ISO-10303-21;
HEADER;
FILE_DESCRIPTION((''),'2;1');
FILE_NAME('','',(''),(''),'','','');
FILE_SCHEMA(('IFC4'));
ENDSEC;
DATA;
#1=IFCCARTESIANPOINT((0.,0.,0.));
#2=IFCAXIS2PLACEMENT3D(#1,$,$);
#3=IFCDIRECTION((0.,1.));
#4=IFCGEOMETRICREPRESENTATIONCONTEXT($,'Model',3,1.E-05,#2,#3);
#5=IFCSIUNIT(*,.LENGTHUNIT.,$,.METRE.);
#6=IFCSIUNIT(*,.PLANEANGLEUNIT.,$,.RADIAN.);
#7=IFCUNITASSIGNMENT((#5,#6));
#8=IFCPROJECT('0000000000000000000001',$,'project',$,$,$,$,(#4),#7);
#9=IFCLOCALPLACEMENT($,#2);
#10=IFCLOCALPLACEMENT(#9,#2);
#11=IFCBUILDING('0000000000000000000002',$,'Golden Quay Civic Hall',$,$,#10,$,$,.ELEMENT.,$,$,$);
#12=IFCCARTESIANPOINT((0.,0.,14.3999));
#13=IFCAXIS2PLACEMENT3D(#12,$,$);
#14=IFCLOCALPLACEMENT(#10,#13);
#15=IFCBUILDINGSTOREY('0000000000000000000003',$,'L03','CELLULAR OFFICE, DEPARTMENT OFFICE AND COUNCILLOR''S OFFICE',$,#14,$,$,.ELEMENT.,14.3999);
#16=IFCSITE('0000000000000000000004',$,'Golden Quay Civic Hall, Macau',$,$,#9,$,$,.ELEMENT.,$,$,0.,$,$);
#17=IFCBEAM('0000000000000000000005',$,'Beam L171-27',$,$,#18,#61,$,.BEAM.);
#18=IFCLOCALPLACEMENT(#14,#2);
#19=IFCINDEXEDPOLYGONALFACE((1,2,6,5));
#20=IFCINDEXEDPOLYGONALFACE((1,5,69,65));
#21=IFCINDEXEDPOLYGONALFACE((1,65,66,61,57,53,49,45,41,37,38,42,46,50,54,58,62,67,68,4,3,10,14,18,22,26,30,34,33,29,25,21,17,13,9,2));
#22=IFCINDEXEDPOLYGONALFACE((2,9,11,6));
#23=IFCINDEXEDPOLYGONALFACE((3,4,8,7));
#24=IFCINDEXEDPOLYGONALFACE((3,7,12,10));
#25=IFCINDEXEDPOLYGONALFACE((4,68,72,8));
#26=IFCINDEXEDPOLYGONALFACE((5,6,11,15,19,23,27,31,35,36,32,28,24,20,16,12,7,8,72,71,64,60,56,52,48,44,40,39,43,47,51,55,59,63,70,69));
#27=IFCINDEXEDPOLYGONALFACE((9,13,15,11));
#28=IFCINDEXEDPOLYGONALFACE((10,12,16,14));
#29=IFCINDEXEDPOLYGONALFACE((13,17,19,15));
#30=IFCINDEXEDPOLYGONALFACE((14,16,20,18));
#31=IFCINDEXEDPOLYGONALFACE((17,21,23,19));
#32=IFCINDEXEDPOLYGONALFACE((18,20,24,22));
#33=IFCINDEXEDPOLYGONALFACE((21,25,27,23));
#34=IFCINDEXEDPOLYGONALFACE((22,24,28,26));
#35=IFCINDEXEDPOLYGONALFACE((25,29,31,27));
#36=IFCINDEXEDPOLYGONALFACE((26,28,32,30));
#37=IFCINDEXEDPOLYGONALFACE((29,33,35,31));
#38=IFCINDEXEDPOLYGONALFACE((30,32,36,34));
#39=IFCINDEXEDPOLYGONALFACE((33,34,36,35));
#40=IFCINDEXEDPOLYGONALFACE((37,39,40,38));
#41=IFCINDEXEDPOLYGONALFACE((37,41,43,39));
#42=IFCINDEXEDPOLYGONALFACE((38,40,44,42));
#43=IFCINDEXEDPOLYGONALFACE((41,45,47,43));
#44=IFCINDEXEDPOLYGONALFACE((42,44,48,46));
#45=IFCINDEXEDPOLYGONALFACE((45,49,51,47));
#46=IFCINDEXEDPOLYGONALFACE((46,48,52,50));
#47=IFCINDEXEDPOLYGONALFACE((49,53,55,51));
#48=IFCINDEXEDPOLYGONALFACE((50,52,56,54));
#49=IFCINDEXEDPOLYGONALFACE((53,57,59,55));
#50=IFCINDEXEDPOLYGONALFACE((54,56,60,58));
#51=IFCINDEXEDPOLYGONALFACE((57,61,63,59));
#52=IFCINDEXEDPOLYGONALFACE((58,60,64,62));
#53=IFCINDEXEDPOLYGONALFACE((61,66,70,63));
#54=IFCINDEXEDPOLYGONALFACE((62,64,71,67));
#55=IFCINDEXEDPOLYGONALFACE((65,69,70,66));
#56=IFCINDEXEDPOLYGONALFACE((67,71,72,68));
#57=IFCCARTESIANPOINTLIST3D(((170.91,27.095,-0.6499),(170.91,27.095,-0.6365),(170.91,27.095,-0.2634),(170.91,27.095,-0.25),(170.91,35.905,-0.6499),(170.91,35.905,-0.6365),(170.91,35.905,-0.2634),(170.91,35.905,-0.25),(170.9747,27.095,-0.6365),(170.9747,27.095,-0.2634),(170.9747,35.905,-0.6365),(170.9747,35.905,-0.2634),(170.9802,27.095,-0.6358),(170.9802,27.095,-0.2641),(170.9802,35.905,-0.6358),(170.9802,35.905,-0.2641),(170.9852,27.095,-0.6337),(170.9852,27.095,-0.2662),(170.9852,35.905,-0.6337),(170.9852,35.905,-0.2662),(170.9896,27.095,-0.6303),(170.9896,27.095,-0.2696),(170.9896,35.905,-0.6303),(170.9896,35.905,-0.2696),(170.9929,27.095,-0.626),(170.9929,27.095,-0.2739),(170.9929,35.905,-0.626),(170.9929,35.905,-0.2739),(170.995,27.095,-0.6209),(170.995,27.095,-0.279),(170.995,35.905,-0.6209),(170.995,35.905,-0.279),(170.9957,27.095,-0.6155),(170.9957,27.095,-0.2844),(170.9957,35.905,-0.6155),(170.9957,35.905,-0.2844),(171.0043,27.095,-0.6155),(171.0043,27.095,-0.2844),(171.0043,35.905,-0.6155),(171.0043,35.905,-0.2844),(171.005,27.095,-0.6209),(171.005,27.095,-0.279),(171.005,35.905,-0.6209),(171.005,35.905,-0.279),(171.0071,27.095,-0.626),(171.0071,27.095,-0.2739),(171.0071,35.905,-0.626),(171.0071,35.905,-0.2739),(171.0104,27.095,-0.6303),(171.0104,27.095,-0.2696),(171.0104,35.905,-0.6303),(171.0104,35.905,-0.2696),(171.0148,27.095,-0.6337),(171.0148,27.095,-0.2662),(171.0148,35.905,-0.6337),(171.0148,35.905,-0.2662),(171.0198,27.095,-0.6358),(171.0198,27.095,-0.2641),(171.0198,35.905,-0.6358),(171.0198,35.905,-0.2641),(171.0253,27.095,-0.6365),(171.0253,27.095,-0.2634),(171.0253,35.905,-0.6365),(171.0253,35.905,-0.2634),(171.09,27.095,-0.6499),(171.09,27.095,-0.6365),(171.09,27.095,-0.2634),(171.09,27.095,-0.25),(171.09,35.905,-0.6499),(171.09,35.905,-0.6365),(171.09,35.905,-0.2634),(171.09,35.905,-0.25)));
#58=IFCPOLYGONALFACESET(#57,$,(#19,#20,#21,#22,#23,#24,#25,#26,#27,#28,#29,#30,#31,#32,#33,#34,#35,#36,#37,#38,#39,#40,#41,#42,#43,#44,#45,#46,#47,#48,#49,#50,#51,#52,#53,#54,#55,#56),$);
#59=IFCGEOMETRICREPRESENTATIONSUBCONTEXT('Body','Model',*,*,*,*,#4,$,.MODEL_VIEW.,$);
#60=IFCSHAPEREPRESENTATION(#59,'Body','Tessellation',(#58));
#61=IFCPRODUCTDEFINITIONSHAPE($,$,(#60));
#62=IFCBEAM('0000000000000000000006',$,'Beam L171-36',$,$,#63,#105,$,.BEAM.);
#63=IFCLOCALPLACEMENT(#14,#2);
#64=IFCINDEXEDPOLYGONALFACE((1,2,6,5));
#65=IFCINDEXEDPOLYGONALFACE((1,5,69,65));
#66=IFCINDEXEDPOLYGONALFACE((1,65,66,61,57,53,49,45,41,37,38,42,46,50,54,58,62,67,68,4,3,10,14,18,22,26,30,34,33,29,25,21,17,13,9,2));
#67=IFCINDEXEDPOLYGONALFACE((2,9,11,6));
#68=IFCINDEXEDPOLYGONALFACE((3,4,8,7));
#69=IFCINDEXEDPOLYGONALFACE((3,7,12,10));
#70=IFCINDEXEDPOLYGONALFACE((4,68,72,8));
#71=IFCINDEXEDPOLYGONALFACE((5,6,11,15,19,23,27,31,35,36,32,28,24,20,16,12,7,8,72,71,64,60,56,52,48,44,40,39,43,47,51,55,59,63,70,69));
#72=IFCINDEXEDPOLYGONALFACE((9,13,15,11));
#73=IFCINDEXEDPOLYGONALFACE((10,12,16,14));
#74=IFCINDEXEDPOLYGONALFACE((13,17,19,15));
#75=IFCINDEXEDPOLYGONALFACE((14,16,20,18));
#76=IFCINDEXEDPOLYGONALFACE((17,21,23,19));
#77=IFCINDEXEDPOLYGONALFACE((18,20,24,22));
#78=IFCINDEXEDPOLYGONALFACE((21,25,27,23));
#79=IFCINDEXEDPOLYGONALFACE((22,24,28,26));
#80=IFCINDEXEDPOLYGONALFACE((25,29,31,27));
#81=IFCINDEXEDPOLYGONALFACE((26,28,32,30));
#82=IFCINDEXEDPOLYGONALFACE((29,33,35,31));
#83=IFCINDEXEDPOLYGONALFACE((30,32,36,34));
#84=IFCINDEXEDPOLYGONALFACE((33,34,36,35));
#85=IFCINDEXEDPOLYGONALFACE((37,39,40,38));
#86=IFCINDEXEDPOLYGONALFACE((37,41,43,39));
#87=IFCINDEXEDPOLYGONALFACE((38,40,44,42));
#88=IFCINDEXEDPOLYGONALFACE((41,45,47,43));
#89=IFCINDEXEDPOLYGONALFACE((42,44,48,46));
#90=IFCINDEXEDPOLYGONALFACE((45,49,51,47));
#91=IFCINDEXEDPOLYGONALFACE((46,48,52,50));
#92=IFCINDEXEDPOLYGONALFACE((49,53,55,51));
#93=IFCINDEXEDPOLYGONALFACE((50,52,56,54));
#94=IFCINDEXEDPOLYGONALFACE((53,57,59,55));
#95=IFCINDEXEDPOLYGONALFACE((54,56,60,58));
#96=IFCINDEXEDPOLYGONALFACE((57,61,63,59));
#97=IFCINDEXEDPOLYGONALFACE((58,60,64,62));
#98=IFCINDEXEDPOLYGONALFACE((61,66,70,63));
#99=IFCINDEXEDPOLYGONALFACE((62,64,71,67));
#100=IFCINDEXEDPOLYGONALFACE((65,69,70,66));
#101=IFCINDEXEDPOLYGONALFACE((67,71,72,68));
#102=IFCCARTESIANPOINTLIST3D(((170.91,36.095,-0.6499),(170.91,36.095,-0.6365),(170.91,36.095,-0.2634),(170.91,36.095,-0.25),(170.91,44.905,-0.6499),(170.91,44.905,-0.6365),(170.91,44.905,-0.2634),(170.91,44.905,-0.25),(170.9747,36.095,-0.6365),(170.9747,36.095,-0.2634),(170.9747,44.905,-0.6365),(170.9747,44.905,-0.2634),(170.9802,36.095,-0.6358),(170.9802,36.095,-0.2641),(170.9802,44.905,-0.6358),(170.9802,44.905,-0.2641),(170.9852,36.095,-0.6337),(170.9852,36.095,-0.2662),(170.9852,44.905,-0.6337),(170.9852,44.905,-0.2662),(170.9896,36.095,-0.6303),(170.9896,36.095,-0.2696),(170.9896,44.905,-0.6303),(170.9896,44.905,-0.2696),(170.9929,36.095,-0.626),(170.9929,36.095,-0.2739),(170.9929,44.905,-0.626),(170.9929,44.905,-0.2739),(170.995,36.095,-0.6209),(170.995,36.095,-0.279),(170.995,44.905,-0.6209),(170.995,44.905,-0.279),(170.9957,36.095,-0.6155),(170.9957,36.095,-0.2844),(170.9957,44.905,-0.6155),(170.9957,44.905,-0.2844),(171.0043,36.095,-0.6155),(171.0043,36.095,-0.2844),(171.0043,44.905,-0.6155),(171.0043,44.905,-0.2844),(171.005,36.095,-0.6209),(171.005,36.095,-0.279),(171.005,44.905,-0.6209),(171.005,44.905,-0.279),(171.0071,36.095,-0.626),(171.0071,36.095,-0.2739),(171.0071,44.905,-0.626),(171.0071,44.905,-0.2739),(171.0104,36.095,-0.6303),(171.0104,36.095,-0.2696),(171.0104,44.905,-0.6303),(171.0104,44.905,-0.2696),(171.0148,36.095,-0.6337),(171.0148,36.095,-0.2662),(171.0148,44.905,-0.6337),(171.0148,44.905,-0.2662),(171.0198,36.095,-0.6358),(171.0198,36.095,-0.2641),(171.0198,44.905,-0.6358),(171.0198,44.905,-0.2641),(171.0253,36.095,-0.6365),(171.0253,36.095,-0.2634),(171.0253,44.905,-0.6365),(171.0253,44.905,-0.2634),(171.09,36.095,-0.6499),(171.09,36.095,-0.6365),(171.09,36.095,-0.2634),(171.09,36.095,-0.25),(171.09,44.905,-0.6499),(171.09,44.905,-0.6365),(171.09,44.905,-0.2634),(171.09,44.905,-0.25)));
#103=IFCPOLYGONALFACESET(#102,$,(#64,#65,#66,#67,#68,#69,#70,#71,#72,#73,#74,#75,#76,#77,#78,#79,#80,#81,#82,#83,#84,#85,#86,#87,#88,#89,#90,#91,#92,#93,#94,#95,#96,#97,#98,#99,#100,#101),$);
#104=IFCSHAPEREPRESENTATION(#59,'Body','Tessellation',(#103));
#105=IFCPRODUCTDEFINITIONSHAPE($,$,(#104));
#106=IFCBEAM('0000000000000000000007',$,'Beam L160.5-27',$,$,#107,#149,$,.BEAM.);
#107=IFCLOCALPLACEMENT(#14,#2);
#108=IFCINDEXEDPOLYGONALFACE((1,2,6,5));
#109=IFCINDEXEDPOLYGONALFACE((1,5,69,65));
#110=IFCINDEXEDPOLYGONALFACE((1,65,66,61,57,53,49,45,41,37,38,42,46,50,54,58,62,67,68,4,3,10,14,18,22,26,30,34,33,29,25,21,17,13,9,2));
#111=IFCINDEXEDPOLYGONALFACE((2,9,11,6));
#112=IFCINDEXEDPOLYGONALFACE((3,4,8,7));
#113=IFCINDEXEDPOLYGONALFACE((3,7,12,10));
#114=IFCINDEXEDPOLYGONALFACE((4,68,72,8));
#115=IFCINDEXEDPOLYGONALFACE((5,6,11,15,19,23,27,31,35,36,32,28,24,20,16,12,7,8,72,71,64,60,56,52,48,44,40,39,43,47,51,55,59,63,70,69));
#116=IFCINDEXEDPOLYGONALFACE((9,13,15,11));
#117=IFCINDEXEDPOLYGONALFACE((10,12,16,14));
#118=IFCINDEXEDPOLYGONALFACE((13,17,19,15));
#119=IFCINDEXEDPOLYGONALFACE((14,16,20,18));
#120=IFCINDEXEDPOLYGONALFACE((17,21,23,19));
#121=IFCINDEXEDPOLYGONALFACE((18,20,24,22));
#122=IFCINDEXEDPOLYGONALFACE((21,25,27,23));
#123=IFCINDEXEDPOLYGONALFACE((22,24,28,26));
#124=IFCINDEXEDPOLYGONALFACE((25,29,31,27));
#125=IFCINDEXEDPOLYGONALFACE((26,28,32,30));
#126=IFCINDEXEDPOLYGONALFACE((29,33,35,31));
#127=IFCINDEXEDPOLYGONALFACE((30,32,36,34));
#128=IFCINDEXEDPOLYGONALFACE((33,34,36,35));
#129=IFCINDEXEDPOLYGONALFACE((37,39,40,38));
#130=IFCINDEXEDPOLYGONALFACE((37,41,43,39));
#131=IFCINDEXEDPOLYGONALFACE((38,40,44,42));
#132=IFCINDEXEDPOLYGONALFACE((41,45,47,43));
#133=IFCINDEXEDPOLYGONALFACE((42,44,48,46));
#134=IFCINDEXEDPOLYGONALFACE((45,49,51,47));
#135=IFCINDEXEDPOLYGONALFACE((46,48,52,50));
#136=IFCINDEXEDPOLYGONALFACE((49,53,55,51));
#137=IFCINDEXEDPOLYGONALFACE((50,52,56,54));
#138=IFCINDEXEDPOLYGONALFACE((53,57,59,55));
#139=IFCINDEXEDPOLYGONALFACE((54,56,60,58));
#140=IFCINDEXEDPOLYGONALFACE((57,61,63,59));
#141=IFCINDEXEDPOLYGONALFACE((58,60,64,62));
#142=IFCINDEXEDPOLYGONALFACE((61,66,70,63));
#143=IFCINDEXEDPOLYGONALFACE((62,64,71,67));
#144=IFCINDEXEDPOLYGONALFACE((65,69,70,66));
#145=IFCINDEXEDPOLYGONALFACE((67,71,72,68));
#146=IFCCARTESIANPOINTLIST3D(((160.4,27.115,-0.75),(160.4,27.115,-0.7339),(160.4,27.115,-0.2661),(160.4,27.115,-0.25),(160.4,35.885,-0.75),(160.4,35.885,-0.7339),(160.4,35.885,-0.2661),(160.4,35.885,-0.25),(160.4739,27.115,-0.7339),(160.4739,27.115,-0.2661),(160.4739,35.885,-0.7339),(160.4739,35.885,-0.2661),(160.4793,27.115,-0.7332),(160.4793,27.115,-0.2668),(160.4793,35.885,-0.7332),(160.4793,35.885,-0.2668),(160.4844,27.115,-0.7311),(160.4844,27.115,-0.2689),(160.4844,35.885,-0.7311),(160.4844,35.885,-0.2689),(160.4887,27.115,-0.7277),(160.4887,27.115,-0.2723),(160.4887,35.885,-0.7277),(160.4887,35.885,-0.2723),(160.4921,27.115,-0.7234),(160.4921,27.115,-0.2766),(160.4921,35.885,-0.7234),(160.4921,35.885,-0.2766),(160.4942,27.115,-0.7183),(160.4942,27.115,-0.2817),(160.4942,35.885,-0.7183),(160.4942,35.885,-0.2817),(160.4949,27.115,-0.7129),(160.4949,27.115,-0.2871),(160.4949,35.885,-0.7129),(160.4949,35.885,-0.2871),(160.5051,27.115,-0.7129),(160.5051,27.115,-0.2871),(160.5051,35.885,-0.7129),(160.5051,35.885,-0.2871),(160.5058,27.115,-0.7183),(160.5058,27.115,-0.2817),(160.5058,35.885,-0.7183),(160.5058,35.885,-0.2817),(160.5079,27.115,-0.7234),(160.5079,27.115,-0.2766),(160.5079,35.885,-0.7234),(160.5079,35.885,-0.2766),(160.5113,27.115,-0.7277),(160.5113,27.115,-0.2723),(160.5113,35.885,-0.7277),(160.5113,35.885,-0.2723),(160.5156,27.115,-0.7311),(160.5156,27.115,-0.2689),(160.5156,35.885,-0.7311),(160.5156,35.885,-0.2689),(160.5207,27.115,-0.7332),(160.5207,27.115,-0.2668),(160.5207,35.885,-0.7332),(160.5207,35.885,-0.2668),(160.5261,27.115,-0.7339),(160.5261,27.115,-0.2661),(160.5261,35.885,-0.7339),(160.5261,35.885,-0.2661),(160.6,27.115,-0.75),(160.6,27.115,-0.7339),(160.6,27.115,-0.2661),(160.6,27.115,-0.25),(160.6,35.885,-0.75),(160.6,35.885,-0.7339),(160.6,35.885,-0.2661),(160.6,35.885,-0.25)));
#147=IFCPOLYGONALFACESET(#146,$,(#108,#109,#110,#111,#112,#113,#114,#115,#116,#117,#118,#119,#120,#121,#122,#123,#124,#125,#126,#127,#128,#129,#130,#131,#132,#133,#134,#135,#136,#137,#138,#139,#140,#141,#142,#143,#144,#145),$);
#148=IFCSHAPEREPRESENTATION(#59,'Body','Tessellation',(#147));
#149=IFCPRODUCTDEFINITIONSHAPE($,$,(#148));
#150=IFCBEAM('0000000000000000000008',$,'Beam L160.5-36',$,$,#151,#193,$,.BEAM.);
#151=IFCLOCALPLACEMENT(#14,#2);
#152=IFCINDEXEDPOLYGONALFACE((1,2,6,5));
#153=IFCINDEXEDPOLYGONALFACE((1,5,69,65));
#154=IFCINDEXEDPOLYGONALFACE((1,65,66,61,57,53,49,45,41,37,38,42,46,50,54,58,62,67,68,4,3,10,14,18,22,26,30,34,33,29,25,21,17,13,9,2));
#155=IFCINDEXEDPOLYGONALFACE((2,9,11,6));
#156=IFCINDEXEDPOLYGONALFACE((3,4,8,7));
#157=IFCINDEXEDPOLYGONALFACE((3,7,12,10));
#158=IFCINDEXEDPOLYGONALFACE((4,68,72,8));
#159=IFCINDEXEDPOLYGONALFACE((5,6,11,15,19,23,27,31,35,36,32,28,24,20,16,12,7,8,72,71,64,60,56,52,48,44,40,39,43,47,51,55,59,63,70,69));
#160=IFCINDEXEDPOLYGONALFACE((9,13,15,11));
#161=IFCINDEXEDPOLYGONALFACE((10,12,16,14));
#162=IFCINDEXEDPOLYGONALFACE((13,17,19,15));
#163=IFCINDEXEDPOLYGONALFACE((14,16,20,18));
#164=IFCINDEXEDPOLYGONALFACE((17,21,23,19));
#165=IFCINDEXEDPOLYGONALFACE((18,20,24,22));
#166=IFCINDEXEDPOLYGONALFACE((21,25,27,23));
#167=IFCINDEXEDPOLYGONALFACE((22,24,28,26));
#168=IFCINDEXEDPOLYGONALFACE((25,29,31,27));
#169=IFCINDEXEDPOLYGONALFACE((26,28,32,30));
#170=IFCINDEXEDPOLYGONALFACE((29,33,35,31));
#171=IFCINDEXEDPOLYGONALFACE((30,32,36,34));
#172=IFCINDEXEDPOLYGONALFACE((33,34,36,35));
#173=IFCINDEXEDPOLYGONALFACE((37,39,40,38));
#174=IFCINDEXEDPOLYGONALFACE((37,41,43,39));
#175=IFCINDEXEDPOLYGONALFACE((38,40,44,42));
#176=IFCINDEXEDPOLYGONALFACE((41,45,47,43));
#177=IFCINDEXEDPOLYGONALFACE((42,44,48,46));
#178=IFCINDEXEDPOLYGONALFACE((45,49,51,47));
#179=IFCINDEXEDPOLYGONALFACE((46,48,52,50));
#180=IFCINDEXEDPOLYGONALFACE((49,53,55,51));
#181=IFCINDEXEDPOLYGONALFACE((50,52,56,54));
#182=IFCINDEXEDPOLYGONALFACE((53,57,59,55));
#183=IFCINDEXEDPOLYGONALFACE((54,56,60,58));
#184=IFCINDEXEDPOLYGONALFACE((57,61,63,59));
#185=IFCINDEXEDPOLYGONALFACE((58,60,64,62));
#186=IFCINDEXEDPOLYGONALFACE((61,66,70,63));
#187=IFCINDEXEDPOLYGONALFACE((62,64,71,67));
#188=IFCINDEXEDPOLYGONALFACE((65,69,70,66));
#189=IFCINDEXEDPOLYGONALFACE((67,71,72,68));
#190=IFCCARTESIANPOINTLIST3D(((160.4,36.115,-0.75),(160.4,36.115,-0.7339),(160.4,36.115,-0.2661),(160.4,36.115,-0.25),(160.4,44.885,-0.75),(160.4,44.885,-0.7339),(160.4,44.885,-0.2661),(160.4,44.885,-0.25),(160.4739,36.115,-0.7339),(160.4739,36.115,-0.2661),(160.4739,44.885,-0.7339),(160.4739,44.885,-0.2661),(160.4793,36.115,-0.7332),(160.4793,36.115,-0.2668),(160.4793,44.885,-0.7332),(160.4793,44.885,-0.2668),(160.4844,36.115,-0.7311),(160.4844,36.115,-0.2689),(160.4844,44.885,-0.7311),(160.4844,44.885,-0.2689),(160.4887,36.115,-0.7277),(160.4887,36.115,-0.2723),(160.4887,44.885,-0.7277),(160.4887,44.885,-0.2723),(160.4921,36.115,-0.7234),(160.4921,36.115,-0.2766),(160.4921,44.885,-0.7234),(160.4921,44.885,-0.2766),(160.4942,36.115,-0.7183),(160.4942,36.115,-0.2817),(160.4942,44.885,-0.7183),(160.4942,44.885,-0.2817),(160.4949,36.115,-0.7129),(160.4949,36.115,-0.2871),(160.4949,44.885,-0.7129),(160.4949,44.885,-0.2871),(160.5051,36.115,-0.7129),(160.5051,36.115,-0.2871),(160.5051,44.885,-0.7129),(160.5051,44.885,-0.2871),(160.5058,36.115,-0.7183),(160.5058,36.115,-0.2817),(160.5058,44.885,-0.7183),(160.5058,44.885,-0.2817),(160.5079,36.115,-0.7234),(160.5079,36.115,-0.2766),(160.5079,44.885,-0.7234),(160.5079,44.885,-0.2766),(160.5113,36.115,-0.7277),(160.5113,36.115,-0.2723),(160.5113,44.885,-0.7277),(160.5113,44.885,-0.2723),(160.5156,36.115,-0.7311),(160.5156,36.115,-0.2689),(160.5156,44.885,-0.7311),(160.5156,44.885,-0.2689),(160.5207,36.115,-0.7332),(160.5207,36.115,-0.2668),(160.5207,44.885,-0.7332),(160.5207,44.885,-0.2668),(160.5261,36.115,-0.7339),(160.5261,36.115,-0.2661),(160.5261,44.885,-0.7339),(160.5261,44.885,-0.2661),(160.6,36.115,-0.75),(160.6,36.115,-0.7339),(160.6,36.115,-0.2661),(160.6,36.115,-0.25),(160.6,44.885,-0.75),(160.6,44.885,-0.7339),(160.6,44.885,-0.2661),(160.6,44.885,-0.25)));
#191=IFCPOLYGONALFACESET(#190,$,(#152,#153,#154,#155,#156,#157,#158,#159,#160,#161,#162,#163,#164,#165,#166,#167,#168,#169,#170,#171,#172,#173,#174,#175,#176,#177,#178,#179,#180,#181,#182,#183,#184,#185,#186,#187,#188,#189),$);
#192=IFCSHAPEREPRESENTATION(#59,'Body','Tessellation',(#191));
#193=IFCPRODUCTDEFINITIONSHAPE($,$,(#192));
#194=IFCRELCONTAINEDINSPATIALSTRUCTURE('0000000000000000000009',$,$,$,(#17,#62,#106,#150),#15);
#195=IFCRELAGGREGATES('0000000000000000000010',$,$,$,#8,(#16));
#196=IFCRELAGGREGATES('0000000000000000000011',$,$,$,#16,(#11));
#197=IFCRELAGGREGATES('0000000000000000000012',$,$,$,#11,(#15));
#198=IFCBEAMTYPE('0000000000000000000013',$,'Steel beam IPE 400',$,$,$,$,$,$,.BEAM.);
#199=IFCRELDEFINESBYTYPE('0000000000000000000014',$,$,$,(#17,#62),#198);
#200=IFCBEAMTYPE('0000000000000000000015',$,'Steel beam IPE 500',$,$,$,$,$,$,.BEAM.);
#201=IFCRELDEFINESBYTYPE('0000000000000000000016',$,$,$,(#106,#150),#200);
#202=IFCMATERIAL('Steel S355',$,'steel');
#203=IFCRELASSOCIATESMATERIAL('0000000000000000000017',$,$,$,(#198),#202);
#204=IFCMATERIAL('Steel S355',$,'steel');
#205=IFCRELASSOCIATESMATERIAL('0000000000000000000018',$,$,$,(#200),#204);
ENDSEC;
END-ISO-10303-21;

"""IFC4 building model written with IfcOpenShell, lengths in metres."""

from ifc_helpers import new_model, si_unit, direction, frame, origin, origin_2d, place, context, subcontext, project, spatial, i_section, extrude, material, material_profile, profile_set, type_object, element, save


model = new_model("IFC4")

# Units and contexts
model_context = context("Model", 3, precision=1e-05, world=origin(), true_north=direction((0.0, 1.0)))
body_context = subcontext(model_context, "Body", "Model", "MODEL_VIEW")
ifc_project = project(units=[si_unit("LENGTHUNIT", "METRE"), si_unit("PLANEANGLEUNIT", "RADIAN")], contexts=[model_context])

# Site, building, storey
site_placement = place(None, origin())
site = spatial("IfcSite", under=ifc_project, at=site_placement, Name="Golden Quay Civic Hall, Macau", CompositionType="ELEMENT", RefElevation=0.0)
building_placement = place(site_placement, origin())
building = spatial("IfcBuilding", under=site, at=building_placement, Name="Golden Quay Civic Hall", CompositionType="ELEMENT")
storey_placement = place(building_placement, frame((0.0, 0.0, 14.3999)))
storey = spatial("IfcBuildingStorey", under=building, at=storey_placement, Name="L03", Description="CELLULAR OFFICE, DEPARTMENT OFFICE AND COUNCILLOR'S OFFICE", CompositionType="ELEMENT", Elevation=14.3999)

# Beams
ifc_material_1 = material(Name="Steel S355", Category="steel")
ifc_material_profile_1 = material_profile(ifc_material_1, i_section(OverallWidth=0.1799, OverallDepth=0.3999, WebThickness=0.0085, FlangeThickness=0.0134, FilletRadius=0.021, at=origin_2d()), Name="IPE 400")
ifc_profile_set_1 = profile_set([ifc_material_profile_1], Name="Steel S355")
beam_type_1 = type_object("IfcBeamType", Name="Steel beam IPE 400", PredefinedType="BEAM", material=ifc_profile_set_1)
for number, where, z_axis, x_axis, name in (
    (1, (171.0, 27.095, -0.45), (0.0, 1.0, 0.0), (-1.0, 0.0, 0.0), "Beam L171-27"),
    (2, (171.0, 36.095, -0.45), (0.0, 1.0, 0.0), (-1.0, 0.0, 0.0), "Beam L171-36"),
):
    element("IfcBeam", number, at=place(storey_placement, frame(where, z_axis=z_axis, x_axis=x_axis)), inside=storey, type_object=beam_type_1, Name=name, PredefinedType="BEAM", context=body_context, shape_type="SweptSolid", body=[
        extrude(i_section(OverallWidth=0.1799, OverallDepth=0.3999, WebThickness=0.0085, FlangeThickness=0.0134, FilletRadius=0.021, at=origin_2d()), origin(), (0.0, 0.0, 1.0), 8.8101),
    ])
ifc_material_2 = material(Name="Steel S355", Category="steel")
ifc_material_profile_2 = material_profile(ifc_material_2, i_section(OverallWidth=0.2, OverallDepth=0.5, WebThickness=0.0103, FlangeThickness=0.0161, FilletRadius=0.021, at=origin_2d()), Name="IPE 500")
ifc_profile_set_2 = profile_set([ifc_material_profile_2], Name="Steel S355")
beam_type_2 = type_object("IfcBeamType", Name="Steel beam IPE 500", PredefinedType="BEAM", material=ifc_profile_set_2)
for number, where, z_axis, x_axis, name in (
    (3, (160.5, 27.115, -0.5), (0.0, 1.0, 0.0), (-1.0, 0.0, 0.0), "Beam L160.5-27"),
    (4, (160.5, 36.115, -0.5), (0.0, 1.0, 0.0), (-1.0, 0.0, 0.0), "Beam L160.5-36"),
):
    element("IfcBeam", number, at=place(storey_placement, frame(where, z_axis=z_axis, x_axis=x_axis)), inside=storey, type_object=beam_type_2, Name=name, PredefinedType="BEAM", context=body_context, shape_type="SweptSolid", body=[
        extrude(i_section(OverallWidth=0.2, OverallDepth=0.5, WebThickness=0.0103, FlangeThickness=0.0161, FilletRadius=0.021, at=origin_2d()), origin(), (0.0, 0.0, 1.0), 8.77),
    ])

save(model, "model.ifc")
